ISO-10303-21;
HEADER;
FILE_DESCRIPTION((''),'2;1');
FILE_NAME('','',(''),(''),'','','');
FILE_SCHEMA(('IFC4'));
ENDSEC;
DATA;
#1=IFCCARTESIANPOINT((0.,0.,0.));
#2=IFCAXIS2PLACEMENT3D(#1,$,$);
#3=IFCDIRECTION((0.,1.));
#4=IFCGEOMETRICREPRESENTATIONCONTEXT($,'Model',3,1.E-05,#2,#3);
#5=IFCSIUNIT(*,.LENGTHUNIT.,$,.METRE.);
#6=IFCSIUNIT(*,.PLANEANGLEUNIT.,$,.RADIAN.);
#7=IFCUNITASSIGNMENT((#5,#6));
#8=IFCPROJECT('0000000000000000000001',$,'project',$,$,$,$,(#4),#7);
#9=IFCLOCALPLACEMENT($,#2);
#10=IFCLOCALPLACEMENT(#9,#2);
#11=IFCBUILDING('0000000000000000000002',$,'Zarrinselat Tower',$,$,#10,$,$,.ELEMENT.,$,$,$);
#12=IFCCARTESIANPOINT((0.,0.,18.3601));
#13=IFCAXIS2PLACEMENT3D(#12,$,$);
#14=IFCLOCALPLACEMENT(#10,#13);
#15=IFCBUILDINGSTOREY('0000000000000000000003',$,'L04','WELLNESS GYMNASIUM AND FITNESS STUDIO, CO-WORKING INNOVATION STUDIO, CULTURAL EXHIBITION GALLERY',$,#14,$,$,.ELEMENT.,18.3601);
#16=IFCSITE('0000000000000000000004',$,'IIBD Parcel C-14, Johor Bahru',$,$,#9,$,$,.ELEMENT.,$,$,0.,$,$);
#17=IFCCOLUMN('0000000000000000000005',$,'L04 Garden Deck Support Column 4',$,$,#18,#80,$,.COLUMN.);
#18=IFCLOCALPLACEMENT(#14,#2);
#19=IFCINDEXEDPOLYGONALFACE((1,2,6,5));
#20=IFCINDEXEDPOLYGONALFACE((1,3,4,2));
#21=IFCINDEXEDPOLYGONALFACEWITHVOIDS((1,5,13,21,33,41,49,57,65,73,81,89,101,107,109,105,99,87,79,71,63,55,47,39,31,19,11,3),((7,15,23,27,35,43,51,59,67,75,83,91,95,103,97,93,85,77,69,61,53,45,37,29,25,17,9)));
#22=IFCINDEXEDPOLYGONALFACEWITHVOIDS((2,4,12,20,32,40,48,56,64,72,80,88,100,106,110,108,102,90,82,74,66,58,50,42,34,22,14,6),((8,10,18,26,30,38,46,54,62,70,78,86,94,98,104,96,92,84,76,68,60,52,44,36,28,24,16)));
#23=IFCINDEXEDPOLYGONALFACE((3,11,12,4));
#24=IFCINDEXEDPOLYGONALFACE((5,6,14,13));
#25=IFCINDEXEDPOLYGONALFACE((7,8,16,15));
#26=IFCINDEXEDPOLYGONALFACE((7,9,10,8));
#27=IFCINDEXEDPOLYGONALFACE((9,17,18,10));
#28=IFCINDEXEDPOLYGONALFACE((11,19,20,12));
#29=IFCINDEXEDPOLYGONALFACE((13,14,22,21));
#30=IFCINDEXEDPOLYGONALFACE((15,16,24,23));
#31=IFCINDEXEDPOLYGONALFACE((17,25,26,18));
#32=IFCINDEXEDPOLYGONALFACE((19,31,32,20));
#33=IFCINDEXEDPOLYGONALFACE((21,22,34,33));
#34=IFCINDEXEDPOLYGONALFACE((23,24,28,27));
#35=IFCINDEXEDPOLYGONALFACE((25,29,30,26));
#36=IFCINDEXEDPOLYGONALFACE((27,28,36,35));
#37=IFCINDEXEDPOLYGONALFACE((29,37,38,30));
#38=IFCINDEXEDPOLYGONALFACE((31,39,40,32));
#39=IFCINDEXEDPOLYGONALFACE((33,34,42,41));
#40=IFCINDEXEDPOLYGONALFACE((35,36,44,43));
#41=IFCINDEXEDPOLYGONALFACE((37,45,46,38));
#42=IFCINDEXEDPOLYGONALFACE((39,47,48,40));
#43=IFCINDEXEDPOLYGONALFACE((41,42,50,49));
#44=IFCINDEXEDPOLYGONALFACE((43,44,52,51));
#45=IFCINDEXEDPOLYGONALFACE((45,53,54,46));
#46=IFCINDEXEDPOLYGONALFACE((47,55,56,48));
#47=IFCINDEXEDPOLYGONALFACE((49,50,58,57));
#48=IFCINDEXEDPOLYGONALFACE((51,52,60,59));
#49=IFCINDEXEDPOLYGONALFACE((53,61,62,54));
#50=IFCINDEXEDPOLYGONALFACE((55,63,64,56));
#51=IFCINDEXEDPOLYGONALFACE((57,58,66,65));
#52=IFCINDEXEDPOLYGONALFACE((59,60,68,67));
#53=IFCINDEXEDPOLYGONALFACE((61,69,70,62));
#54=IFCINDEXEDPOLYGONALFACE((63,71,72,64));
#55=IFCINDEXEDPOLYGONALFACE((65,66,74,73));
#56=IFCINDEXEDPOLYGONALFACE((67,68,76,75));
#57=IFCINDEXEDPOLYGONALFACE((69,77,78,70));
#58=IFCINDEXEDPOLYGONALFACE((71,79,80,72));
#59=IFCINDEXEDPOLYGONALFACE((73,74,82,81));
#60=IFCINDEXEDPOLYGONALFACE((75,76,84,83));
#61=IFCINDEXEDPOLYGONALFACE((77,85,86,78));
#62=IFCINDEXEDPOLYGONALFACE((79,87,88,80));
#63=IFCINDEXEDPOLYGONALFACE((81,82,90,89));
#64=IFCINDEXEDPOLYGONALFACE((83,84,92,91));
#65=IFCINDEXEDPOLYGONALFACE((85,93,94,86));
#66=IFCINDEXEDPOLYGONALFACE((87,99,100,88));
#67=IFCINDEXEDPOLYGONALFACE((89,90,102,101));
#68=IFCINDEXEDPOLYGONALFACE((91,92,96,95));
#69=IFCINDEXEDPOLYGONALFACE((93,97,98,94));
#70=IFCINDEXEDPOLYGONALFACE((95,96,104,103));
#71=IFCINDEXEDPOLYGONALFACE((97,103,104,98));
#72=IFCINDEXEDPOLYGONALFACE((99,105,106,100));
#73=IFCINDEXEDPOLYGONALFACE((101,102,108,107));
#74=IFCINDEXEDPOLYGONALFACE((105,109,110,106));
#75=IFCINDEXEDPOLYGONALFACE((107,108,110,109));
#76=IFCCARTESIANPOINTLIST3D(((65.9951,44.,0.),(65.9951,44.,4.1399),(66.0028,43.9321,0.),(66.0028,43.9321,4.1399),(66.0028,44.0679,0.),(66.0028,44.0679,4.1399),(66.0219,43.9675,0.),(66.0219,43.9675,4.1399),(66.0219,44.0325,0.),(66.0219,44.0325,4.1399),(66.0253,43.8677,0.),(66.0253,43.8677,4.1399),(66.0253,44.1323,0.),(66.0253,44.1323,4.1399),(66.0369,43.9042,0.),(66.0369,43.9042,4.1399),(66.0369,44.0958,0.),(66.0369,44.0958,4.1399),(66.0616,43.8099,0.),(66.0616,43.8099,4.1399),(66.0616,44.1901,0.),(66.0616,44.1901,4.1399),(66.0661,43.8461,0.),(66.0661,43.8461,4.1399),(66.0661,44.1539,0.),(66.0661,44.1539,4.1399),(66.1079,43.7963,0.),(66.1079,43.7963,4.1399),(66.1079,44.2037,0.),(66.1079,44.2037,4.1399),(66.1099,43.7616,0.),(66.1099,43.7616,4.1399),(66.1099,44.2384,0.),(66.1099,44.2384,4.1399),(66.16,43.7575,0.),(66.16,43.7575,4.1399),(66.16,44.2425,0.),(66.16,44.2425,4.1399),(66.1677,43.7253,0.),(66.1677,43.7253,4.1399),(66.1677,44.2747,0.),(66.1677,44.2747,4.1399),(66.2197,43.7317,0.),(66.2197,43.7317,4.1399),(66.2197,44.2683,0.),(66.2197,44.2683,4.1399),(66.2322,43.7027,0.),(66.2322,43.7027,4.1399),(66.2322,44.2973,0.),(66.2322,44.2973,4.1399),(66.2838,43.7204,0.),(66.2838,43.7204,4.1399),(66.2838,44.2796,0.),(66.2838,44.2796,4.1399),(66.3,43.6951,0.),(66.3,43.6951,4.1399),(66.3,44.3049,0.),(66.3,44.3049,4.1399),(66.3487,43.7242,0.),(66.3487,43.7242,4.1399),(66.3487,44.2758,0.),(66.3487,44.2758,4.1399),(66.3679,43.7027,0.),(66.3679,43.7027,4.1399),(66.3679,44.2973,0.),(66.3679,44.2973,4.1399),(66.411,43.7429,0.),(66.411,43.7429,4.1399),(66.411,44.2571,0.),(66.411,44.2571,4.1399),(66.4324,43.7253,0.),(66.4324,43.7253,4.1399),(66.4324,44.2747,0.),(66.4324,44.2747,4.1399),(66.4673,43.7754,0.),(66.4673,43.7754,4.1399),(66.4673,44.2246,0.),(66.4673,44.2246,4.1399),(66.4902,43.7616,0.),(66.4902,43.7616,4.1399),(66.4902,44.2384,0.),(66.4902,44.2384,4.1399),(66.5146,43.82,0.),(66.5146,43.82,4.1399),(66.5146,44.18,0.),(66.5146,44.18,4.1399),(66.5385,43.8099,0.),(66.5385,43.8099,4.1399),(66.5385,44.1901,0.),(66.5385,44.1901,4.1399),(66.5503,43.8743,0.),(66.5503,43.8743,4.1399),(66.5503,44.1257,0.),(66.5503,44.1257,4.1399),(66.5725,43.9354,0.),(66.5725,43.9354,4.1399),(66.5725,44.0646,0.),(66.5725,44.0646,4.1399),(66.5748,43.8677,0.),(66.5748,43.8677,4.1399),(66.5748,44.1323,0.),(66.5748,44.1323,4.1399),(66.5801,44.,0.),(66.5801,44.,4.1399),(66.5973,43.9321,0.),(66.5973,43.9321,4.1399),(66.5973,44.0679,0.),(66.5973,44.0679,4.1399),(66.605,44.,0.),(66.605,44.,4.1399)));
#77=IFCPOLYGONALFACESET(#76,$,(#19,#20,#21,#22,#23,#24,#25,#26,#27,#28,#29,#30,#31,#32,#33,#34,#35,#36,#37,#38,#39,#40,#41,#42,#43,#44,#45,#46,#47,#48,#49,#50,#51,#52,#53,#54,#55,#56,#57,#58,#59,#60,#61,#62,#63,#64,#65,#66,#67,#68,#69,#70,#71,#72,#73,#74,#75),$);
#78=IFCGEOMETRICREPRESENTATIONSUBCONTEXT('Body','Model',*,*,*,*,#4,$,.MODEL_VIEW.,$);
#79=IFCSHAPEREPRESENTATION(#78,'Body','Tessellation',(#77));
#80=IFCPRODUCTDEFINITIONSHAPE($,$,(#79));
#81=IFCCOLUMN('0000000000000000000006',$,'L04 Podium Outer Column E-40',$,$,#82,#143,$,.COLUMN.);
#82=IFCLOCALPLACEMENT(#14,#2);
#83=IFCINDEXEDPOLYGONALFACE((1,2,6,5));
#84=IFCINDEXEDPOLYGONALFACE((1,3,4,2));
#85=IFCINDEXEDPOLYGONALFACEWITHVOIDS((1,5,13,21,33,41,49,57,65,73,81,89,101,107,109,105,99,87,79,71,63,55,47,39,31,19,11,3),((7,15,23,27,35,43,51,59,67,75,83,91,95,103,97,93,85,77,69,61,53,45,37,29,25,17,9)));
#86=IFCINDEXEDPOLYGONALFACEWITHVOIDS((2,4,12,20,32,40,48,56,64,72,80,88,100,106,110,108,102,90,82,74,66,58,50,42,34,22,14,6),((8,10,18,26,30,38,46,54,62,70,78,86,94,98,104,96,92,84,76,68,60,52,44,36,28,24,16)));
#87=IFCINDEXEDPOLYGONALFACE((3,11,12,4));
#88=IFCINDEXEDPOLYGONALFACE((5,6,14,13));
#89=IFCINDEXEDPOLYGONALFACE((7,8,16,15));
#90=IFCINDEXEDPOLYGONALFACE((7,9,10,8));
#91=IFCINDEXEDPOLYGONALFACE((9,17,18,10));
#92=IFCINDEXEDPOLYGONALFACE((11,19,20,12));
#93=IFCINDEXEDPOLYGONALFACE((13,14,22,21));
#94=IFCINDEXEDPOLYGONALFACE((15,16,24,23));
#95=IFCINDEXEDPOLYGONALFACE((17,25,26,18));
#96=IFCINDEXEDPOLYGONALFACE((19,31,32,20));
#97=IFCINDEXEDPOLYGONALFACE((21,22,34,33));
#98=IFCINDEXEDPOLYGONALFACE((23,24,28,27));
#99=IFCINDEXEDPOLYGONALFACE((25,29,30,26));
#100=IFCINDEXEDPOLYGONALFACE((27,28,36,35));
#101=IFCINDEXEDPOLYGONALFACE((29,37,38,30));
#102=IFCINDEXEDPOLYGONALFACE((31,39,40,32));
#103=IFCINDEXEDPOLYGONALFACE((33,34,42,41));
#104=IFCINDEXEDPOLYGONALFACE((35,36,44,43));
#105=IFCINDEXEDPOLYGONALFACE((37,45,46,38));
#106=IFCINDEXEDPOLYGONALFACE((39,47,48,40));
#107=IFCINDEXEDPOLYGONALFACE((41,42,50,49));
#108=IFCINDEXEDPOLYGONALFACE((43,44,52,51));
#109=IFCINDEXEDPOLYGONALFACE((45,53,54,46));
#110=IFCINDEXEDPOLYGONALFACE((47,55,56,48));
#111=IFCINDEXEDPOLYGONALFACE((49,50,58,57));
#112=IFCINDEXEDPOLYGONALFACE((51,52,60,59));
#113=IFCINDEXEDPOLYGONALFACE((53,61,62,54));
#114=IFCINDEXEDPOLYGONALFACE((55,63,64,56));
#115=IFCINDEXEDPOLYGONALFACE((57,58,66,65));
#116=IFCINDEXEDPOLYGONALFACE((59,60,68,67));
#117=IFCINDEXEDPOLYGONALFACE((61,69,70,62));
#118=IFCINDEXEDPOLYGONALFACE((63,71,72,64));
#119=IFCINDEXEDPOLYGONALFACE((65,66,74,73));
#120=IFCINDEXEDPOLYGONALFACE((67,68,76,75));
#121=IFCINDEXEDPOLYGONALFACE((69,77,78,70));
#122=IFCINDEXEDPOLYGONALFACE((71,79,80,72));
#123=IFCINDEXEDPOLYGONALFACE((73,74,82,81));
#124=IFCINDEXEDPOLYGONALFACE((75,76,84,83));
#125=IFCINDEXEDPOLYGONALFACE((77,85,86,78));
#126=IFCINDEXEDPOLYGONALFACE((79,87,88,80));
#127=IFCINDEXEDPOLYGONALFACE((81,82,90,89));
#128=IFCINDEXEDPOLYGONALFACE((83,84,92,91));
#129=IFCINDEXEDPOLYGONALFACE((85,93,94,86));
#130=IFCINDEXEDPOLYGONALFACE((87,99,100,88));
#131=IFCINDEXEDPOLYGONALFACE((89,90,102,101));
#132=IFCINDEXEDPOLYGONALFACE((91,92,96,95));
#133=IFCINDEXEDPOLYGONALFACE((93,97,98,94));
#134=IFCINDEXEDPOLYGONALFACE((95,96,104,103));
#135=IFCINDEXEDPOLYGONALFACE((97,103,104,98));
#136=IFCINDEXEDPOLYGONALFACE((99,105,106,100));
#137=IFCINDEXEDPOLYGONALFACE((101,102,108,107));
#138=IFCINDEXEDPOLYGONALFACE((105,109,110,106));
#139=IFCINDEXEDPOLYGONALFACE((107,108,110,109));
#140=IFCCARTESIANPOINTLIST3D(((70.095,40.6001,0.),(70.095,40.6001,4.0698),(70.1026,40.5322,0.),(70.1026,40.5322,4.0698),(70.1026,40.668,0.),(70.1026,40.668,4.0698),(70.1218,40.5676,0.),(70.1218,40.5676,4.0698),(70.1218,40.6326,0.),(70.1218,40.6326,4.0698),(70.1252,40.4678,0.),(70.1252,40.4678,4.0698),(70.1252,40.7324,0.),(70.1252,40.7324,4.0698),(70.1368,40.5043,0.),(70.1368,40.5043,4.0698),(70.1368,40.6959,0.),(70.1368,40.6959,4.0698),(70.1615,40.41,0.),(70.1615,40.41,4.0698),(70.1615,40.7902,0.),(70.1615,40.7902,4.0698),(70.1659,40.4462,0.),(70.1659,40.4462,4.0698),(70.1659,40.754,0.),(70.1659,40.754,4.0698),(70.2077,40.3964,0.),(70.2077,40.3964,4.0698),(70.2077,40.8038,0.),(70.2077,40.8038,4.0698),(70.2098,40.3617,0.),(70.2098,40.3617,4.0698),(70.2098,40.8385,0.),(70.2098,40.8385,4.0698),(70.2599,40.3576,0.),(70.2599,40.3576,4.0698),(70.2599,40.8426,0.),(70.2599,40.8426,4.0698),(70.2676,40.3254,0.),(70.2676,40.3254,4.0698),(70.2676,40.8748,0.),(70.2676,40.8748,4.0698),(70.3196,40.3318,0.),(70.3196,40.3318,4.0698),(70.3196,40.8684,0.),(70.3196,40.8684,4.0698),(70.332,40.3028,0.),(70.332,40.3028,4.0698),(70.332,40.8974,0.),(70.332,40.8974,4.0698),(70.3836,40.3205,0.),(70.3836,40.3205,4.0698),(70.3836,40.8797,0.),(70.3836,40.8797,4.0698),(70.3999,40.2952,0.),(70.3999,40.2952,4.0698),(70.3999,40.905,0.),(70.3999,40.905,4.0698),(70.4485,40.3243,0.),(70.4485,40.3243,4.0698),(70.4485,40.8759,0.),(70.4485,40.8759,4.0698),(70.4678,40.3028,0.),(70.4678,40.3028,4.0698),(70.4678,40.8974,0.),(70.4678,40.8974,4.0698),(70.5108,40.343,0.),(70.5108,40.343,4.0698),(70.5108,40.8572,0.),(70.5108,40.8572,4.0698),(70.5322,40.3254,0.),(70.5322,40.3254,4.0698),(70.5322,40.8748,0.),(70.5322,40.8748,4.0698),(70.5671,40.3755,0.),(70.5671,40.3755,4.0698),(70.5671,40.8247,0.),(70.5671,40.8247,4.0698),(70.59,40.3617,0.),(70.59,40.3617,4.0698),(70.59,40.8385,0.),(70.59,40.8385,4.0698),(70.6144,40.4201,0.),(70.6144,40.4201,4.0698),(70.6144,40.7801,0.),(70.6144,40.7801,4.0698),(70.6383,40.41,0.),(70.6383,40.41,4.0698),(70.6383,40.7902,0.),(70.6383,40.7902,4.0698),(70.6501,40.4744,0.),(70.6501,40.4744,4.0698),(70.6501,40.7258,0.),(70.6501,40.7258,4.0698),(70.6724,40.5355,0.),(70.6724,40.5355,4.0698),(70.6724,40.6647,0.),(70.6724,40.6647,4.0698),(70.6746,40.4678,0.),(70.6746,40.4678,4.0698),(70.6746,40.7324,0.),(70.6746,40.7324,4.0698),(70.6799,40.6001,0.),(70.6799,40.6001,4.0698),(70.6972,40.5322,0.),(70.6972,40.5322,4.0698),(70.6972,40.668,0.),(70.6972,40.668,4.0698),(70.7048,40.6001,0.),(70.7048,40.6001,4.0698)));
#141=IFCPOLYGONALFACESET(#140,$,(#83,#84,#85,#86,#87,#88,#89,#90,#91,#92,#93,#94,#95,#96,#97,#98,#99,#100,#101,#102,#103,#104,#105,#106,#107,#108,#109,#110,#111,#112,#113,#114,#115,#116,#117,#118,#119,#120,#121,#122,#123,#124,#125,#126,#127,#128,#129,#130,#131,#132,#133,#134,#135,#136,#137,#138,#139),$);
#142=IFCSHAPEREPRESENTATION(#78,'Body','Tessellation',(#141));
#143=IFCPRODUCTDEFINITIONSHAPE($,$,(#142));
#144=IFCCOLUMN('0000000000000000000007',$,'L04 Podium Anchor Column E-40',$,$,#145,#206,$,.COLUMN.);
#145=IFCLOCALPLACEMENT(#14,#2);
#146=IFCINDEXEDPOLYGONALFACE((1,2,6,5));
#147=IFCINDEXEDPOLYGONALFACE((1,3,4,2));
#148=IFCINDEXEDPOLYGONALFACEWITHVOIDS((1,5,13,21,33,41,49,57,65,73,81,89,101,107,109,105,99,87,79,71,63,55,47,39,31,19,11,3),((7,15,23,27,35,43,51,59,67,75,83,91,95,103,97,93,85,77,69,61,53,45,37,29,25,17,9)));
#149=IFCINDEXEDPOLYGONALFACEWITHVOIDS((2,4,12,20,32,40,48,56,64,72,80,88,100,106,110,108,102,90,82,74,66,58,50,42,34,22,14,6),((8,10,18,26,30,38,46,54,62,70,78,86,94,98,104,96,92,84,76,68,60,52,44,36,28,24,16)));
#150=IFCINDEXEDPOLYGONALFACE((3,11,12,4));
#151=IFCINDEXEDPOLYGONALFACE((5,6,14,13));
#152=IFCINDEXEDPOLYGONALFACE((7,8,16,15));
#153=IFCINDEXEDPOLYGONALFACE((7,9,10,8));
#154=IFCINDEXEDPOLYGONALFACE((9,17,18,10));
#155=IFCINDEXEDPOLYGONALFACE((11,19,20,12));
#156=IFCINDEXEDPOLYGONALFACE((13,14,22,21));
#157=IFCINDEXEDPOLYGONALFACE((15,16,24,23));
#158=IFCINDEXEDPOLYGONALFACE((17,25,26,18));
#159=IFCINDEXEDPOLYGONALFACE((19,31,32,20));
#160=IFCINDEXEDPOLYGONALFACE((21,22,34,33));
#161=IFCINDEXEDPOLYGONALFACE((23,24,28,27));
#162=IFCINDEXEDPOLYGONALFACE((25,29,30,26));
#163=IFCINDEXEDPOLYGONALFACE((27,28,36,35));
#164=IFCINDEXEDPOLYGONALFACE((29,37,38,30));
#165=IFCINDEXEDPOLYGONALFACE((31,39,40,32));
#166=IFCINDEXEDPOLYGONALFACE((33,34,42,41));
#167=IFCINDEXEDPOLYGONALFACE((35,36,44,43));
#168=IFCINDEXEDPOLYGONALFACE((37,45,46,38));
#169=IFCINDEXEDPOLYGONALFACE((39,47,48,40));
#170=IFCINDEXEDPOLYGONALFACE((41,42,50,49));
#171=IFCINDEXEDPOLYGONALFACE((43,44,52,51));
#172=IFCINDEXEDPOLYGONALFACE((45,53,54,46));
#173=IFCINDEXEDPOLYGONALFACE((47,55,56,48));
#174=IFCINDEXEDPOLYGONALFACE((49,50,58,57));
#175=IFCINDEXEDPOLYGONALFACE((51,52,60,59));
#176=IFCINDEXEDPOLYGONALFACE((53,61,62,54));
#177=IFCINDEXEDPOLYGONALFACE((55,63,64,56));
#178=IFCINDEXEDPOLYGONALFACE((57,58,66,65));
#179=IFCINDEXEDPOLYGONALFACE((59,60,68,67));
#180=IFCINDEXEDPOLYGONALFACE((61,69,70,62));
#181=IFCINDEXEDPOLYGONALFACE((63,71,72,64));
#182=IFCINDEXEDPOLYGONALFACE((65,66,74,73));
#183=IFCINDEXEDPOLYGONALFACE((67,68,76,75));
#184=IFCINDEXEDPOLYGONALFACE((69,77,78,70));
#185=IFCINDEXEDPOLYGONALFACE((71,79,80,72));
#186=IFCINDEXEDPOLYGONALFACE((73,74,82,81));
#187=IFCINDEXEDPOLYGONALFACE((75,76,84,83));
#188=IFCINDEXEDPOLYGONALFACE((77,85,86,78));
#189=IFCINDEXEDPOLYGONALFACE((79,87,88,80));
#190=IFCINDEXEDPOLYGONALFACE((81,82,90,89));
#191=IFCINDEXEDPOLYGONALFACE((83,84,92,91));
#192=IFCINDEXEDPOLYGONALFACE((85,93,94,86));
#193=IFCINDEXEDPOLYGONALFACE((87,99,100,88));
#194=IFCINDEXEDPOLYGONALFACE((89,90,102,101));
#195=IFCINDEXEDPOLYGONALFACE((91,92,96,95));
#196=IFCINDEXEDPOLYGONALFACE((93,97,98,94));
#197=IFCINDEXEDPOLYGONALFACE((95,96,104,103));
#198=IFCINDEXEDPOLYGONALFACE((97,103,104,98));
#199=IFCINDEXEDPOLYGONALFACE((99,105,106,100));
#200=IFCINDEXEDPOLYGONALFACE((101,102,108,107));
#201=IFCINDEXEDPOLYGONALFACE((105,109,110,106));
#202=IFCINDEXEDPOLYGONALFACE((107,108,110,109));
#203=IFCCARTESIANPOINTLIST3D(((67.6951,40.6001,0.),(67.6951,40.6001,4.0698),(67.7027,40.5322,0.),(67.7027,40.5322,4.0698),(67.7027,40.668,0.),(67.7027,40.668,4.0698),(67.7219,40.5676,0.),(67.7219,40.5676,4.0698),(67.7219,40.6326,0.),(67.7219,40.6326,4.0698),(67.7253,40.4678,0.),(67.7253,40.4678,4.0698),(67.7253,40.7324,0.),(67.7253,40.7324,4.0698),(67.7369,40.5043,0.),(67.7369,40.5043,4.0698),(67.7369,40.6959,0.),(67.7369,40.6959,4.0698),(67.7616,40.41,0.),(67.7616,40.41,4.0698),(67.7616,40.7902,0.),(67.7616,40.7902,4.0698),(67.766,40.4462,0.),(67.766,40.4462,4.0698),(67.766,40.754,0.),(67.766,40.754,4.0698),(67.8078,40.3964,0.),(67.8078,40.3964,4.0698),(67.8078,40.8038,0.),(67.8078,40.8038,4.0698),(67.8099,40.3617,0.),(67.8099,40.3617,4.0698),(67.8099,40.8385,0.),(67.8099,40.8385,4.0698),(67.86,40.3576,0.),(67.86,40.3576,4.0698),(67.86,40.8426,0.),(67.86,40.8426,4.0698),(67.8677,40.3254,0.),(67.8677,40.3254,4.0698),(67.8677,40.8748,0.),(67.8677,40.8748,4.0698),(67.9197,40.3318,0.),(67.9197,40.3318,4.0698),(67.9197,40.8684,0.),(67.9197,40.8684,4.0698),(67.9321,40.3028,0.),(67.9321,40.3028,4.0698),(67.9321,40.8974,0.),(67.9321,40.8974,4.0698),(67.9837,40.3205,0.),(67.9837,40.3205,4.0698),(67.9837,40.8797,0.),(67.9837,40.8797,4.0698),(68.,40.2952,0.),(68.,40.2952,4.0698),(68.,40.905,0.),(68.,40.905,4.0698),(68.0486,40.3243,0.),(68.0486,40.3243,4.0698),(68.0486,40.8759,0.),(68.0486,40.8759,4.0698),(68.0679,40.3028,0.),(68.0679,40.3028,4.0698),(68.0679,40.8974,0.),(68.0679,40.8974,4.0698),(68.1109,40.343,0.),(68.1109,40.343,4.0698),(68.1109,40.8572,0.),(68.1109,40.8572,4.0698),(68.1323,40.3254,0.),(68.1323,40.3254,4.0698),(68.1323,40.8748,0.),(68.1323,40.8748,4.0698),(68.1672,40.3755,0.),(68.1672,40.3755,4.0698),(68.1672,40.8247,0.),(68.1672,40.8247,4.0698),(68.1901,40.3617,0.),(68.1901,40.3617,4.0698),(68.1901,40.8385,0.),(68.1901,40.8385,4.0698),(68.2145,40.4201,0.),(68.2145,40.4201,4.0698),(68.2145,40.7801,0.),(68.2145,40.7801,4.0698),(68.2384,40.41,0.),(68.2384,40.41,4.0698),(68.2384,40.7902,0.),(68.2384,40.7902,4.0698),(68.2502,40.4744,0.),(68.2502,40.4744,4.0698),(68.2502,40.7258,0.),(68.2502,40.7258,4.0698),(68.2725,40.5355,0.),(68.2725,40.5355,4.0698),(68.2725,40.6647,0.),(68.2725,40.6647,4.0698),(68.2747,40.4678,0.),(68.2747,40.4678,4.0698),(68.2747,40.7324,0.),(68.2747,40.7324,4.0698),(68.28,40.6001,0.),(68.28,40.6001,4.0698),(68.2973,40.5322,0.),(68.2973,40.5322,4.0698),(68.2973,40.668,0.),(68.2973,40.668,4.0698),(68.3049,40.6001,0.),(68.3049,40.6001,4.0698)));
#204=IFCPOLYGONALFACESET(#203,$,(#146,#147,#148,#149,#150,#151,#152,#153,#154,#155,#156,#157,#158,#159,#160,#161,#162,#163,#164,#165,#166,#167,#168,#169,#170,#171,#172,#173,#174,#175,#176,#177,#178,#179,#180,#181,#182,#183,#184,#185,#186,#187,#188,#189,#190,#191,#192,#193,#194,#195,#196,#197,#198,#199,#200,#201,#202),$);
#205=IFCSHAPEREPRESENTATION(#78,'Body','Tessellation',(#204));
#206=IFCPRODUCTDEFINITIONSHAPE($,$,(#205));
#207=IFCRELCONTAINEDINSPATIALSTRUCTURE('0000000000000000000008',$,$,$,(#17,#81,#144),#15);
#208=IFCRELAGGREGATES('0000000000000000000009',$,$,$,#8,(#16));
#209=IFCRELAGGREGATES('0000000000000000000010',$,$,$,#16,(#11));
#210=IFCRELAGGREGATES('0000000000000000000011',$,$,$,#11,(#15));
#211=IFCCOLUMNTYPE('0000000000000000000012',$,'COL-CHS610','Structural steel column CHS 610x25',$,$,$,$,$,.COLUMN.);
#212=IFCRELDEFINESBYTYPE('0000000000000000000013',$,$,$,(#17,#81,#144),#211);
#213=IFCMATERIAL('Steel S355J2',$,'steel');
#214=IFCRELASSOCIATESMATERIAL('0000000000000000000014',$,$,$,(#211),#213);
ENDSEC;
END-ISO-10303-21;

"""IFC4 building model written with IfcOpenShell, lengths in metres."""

from ifc_helpers import new_model, si_unit, direction, frame, origin, origin_2d, place, context, subcontext, project, spatial, hollow_circle, extrude, material, material_profile, profile_set, type_object, element, save


model = new_model("IFC4")

# Units and contexts
model_context = context("Model", 3, precision=1e-05, world=origin(), true_north=direction((0.0, 1.0)))
body_context = subcontext(model_context, "Body", "Model", "MODEL_VIEW")
ifc_project = project(units=[si_unit("LENGTHUNIT", "METRE"), si_unit("PLANEANGLEUNIT", "RADIAN")], contexts=[model_context])

# Site, building, storey
site_placement = place(None, origin())
site = spatial("IfcSite", under=ifc_project, at=site_placement, Name="IIBD Parcel C-14, Johor Bahru", CompositionType="ELEMENT", RefElevation=0.0)
building_placement = place(site_placement, origin())
building = spatial("IfcBuilding", under=site, at=building_placement, Name="Zarrinselat Tower", CompositionType="ELEMENT")
storey_placement = place(building_placement, frame((0.0, 0.0, 18.3601)))
storey = spatial("IfcBuildingStorey", under=building, at=storey_placement, Name="L04", Description="WELLNESS GYMNASIUM AND FITNESS STUDIO, CO-WORKING INNOVATION STUDIO, CULTURAL EXHIBITION GALLERY", CompositionType="ELEMENT", Elevation=18.3601)

# Columns
ifc_material_1 = material(Name="Steel S355J2", Category="steel")
ifc_material_profile_1 = material_profile(ifc_material_1, hollow_circle(Radius=0.3049, WallThickness=0.0249, at=origin_2d()), Name="CHS 610x25")
ifc_profile_set_1 = profile_set([ifc_material_profile_1], Name="Steel S355J2")
column_type = type_object("IfcColumnType", Name="COL-CHS610", Description="Structural steel column CHS 610x25", PredefinedType="COLUMN", material=ifc_profile_set_1)
column_placement = place(storey_placement, frame((66.3, 44.0, 0.0), z_axis=(0.0, 0.0, 1.0), x_axis=(1.0, 0.0, 0.0)))
element("IfcColumn", 1, at=column_placement, inside=storey, type_object=column_type, Name="L04 Garden Deck Support Column 4", PredefinedType="COLUMN", context=body_context, shape_type="SweptSolid", body=[
    extrude(hollow_circle(Radius=0.3049, WallThickness=0.0249, at=origin_2d()), origin(), (0.0, 0.0, 1.0), 4.1399),
])
for number, where, z_axis, x_axis, name in (
    (2, (70.3999, 40.6001, 0.0), (0.0, 0.0, 1.0), (1.0, 0.0, 0.0), "L04 Podium Outer Column E-40"),
    (3, (68.0, 40.6001, 0.0), (0.0, 0.0, 1.0), (1.0, 0.0, 0.0), "L04 Podium Anchor Column E-40"),
):
    element("IfcColumn", number, at=place(storey_placement, frame(where, z_axis=z_axis, x_axis=x_axis)), inside=storey, type_object=column_type, Name=name, PredefinedType="COLUMN", context=body_context, shape_type="SweptSolid", body=[
        extrude(hollow_circle(Radius=0.3049, WallThickness=0.0249, at=origin_2d()), origin(), (0.0, 0.0, 1.0), 4.0698),
    ])

save(model, "model.ifc")
